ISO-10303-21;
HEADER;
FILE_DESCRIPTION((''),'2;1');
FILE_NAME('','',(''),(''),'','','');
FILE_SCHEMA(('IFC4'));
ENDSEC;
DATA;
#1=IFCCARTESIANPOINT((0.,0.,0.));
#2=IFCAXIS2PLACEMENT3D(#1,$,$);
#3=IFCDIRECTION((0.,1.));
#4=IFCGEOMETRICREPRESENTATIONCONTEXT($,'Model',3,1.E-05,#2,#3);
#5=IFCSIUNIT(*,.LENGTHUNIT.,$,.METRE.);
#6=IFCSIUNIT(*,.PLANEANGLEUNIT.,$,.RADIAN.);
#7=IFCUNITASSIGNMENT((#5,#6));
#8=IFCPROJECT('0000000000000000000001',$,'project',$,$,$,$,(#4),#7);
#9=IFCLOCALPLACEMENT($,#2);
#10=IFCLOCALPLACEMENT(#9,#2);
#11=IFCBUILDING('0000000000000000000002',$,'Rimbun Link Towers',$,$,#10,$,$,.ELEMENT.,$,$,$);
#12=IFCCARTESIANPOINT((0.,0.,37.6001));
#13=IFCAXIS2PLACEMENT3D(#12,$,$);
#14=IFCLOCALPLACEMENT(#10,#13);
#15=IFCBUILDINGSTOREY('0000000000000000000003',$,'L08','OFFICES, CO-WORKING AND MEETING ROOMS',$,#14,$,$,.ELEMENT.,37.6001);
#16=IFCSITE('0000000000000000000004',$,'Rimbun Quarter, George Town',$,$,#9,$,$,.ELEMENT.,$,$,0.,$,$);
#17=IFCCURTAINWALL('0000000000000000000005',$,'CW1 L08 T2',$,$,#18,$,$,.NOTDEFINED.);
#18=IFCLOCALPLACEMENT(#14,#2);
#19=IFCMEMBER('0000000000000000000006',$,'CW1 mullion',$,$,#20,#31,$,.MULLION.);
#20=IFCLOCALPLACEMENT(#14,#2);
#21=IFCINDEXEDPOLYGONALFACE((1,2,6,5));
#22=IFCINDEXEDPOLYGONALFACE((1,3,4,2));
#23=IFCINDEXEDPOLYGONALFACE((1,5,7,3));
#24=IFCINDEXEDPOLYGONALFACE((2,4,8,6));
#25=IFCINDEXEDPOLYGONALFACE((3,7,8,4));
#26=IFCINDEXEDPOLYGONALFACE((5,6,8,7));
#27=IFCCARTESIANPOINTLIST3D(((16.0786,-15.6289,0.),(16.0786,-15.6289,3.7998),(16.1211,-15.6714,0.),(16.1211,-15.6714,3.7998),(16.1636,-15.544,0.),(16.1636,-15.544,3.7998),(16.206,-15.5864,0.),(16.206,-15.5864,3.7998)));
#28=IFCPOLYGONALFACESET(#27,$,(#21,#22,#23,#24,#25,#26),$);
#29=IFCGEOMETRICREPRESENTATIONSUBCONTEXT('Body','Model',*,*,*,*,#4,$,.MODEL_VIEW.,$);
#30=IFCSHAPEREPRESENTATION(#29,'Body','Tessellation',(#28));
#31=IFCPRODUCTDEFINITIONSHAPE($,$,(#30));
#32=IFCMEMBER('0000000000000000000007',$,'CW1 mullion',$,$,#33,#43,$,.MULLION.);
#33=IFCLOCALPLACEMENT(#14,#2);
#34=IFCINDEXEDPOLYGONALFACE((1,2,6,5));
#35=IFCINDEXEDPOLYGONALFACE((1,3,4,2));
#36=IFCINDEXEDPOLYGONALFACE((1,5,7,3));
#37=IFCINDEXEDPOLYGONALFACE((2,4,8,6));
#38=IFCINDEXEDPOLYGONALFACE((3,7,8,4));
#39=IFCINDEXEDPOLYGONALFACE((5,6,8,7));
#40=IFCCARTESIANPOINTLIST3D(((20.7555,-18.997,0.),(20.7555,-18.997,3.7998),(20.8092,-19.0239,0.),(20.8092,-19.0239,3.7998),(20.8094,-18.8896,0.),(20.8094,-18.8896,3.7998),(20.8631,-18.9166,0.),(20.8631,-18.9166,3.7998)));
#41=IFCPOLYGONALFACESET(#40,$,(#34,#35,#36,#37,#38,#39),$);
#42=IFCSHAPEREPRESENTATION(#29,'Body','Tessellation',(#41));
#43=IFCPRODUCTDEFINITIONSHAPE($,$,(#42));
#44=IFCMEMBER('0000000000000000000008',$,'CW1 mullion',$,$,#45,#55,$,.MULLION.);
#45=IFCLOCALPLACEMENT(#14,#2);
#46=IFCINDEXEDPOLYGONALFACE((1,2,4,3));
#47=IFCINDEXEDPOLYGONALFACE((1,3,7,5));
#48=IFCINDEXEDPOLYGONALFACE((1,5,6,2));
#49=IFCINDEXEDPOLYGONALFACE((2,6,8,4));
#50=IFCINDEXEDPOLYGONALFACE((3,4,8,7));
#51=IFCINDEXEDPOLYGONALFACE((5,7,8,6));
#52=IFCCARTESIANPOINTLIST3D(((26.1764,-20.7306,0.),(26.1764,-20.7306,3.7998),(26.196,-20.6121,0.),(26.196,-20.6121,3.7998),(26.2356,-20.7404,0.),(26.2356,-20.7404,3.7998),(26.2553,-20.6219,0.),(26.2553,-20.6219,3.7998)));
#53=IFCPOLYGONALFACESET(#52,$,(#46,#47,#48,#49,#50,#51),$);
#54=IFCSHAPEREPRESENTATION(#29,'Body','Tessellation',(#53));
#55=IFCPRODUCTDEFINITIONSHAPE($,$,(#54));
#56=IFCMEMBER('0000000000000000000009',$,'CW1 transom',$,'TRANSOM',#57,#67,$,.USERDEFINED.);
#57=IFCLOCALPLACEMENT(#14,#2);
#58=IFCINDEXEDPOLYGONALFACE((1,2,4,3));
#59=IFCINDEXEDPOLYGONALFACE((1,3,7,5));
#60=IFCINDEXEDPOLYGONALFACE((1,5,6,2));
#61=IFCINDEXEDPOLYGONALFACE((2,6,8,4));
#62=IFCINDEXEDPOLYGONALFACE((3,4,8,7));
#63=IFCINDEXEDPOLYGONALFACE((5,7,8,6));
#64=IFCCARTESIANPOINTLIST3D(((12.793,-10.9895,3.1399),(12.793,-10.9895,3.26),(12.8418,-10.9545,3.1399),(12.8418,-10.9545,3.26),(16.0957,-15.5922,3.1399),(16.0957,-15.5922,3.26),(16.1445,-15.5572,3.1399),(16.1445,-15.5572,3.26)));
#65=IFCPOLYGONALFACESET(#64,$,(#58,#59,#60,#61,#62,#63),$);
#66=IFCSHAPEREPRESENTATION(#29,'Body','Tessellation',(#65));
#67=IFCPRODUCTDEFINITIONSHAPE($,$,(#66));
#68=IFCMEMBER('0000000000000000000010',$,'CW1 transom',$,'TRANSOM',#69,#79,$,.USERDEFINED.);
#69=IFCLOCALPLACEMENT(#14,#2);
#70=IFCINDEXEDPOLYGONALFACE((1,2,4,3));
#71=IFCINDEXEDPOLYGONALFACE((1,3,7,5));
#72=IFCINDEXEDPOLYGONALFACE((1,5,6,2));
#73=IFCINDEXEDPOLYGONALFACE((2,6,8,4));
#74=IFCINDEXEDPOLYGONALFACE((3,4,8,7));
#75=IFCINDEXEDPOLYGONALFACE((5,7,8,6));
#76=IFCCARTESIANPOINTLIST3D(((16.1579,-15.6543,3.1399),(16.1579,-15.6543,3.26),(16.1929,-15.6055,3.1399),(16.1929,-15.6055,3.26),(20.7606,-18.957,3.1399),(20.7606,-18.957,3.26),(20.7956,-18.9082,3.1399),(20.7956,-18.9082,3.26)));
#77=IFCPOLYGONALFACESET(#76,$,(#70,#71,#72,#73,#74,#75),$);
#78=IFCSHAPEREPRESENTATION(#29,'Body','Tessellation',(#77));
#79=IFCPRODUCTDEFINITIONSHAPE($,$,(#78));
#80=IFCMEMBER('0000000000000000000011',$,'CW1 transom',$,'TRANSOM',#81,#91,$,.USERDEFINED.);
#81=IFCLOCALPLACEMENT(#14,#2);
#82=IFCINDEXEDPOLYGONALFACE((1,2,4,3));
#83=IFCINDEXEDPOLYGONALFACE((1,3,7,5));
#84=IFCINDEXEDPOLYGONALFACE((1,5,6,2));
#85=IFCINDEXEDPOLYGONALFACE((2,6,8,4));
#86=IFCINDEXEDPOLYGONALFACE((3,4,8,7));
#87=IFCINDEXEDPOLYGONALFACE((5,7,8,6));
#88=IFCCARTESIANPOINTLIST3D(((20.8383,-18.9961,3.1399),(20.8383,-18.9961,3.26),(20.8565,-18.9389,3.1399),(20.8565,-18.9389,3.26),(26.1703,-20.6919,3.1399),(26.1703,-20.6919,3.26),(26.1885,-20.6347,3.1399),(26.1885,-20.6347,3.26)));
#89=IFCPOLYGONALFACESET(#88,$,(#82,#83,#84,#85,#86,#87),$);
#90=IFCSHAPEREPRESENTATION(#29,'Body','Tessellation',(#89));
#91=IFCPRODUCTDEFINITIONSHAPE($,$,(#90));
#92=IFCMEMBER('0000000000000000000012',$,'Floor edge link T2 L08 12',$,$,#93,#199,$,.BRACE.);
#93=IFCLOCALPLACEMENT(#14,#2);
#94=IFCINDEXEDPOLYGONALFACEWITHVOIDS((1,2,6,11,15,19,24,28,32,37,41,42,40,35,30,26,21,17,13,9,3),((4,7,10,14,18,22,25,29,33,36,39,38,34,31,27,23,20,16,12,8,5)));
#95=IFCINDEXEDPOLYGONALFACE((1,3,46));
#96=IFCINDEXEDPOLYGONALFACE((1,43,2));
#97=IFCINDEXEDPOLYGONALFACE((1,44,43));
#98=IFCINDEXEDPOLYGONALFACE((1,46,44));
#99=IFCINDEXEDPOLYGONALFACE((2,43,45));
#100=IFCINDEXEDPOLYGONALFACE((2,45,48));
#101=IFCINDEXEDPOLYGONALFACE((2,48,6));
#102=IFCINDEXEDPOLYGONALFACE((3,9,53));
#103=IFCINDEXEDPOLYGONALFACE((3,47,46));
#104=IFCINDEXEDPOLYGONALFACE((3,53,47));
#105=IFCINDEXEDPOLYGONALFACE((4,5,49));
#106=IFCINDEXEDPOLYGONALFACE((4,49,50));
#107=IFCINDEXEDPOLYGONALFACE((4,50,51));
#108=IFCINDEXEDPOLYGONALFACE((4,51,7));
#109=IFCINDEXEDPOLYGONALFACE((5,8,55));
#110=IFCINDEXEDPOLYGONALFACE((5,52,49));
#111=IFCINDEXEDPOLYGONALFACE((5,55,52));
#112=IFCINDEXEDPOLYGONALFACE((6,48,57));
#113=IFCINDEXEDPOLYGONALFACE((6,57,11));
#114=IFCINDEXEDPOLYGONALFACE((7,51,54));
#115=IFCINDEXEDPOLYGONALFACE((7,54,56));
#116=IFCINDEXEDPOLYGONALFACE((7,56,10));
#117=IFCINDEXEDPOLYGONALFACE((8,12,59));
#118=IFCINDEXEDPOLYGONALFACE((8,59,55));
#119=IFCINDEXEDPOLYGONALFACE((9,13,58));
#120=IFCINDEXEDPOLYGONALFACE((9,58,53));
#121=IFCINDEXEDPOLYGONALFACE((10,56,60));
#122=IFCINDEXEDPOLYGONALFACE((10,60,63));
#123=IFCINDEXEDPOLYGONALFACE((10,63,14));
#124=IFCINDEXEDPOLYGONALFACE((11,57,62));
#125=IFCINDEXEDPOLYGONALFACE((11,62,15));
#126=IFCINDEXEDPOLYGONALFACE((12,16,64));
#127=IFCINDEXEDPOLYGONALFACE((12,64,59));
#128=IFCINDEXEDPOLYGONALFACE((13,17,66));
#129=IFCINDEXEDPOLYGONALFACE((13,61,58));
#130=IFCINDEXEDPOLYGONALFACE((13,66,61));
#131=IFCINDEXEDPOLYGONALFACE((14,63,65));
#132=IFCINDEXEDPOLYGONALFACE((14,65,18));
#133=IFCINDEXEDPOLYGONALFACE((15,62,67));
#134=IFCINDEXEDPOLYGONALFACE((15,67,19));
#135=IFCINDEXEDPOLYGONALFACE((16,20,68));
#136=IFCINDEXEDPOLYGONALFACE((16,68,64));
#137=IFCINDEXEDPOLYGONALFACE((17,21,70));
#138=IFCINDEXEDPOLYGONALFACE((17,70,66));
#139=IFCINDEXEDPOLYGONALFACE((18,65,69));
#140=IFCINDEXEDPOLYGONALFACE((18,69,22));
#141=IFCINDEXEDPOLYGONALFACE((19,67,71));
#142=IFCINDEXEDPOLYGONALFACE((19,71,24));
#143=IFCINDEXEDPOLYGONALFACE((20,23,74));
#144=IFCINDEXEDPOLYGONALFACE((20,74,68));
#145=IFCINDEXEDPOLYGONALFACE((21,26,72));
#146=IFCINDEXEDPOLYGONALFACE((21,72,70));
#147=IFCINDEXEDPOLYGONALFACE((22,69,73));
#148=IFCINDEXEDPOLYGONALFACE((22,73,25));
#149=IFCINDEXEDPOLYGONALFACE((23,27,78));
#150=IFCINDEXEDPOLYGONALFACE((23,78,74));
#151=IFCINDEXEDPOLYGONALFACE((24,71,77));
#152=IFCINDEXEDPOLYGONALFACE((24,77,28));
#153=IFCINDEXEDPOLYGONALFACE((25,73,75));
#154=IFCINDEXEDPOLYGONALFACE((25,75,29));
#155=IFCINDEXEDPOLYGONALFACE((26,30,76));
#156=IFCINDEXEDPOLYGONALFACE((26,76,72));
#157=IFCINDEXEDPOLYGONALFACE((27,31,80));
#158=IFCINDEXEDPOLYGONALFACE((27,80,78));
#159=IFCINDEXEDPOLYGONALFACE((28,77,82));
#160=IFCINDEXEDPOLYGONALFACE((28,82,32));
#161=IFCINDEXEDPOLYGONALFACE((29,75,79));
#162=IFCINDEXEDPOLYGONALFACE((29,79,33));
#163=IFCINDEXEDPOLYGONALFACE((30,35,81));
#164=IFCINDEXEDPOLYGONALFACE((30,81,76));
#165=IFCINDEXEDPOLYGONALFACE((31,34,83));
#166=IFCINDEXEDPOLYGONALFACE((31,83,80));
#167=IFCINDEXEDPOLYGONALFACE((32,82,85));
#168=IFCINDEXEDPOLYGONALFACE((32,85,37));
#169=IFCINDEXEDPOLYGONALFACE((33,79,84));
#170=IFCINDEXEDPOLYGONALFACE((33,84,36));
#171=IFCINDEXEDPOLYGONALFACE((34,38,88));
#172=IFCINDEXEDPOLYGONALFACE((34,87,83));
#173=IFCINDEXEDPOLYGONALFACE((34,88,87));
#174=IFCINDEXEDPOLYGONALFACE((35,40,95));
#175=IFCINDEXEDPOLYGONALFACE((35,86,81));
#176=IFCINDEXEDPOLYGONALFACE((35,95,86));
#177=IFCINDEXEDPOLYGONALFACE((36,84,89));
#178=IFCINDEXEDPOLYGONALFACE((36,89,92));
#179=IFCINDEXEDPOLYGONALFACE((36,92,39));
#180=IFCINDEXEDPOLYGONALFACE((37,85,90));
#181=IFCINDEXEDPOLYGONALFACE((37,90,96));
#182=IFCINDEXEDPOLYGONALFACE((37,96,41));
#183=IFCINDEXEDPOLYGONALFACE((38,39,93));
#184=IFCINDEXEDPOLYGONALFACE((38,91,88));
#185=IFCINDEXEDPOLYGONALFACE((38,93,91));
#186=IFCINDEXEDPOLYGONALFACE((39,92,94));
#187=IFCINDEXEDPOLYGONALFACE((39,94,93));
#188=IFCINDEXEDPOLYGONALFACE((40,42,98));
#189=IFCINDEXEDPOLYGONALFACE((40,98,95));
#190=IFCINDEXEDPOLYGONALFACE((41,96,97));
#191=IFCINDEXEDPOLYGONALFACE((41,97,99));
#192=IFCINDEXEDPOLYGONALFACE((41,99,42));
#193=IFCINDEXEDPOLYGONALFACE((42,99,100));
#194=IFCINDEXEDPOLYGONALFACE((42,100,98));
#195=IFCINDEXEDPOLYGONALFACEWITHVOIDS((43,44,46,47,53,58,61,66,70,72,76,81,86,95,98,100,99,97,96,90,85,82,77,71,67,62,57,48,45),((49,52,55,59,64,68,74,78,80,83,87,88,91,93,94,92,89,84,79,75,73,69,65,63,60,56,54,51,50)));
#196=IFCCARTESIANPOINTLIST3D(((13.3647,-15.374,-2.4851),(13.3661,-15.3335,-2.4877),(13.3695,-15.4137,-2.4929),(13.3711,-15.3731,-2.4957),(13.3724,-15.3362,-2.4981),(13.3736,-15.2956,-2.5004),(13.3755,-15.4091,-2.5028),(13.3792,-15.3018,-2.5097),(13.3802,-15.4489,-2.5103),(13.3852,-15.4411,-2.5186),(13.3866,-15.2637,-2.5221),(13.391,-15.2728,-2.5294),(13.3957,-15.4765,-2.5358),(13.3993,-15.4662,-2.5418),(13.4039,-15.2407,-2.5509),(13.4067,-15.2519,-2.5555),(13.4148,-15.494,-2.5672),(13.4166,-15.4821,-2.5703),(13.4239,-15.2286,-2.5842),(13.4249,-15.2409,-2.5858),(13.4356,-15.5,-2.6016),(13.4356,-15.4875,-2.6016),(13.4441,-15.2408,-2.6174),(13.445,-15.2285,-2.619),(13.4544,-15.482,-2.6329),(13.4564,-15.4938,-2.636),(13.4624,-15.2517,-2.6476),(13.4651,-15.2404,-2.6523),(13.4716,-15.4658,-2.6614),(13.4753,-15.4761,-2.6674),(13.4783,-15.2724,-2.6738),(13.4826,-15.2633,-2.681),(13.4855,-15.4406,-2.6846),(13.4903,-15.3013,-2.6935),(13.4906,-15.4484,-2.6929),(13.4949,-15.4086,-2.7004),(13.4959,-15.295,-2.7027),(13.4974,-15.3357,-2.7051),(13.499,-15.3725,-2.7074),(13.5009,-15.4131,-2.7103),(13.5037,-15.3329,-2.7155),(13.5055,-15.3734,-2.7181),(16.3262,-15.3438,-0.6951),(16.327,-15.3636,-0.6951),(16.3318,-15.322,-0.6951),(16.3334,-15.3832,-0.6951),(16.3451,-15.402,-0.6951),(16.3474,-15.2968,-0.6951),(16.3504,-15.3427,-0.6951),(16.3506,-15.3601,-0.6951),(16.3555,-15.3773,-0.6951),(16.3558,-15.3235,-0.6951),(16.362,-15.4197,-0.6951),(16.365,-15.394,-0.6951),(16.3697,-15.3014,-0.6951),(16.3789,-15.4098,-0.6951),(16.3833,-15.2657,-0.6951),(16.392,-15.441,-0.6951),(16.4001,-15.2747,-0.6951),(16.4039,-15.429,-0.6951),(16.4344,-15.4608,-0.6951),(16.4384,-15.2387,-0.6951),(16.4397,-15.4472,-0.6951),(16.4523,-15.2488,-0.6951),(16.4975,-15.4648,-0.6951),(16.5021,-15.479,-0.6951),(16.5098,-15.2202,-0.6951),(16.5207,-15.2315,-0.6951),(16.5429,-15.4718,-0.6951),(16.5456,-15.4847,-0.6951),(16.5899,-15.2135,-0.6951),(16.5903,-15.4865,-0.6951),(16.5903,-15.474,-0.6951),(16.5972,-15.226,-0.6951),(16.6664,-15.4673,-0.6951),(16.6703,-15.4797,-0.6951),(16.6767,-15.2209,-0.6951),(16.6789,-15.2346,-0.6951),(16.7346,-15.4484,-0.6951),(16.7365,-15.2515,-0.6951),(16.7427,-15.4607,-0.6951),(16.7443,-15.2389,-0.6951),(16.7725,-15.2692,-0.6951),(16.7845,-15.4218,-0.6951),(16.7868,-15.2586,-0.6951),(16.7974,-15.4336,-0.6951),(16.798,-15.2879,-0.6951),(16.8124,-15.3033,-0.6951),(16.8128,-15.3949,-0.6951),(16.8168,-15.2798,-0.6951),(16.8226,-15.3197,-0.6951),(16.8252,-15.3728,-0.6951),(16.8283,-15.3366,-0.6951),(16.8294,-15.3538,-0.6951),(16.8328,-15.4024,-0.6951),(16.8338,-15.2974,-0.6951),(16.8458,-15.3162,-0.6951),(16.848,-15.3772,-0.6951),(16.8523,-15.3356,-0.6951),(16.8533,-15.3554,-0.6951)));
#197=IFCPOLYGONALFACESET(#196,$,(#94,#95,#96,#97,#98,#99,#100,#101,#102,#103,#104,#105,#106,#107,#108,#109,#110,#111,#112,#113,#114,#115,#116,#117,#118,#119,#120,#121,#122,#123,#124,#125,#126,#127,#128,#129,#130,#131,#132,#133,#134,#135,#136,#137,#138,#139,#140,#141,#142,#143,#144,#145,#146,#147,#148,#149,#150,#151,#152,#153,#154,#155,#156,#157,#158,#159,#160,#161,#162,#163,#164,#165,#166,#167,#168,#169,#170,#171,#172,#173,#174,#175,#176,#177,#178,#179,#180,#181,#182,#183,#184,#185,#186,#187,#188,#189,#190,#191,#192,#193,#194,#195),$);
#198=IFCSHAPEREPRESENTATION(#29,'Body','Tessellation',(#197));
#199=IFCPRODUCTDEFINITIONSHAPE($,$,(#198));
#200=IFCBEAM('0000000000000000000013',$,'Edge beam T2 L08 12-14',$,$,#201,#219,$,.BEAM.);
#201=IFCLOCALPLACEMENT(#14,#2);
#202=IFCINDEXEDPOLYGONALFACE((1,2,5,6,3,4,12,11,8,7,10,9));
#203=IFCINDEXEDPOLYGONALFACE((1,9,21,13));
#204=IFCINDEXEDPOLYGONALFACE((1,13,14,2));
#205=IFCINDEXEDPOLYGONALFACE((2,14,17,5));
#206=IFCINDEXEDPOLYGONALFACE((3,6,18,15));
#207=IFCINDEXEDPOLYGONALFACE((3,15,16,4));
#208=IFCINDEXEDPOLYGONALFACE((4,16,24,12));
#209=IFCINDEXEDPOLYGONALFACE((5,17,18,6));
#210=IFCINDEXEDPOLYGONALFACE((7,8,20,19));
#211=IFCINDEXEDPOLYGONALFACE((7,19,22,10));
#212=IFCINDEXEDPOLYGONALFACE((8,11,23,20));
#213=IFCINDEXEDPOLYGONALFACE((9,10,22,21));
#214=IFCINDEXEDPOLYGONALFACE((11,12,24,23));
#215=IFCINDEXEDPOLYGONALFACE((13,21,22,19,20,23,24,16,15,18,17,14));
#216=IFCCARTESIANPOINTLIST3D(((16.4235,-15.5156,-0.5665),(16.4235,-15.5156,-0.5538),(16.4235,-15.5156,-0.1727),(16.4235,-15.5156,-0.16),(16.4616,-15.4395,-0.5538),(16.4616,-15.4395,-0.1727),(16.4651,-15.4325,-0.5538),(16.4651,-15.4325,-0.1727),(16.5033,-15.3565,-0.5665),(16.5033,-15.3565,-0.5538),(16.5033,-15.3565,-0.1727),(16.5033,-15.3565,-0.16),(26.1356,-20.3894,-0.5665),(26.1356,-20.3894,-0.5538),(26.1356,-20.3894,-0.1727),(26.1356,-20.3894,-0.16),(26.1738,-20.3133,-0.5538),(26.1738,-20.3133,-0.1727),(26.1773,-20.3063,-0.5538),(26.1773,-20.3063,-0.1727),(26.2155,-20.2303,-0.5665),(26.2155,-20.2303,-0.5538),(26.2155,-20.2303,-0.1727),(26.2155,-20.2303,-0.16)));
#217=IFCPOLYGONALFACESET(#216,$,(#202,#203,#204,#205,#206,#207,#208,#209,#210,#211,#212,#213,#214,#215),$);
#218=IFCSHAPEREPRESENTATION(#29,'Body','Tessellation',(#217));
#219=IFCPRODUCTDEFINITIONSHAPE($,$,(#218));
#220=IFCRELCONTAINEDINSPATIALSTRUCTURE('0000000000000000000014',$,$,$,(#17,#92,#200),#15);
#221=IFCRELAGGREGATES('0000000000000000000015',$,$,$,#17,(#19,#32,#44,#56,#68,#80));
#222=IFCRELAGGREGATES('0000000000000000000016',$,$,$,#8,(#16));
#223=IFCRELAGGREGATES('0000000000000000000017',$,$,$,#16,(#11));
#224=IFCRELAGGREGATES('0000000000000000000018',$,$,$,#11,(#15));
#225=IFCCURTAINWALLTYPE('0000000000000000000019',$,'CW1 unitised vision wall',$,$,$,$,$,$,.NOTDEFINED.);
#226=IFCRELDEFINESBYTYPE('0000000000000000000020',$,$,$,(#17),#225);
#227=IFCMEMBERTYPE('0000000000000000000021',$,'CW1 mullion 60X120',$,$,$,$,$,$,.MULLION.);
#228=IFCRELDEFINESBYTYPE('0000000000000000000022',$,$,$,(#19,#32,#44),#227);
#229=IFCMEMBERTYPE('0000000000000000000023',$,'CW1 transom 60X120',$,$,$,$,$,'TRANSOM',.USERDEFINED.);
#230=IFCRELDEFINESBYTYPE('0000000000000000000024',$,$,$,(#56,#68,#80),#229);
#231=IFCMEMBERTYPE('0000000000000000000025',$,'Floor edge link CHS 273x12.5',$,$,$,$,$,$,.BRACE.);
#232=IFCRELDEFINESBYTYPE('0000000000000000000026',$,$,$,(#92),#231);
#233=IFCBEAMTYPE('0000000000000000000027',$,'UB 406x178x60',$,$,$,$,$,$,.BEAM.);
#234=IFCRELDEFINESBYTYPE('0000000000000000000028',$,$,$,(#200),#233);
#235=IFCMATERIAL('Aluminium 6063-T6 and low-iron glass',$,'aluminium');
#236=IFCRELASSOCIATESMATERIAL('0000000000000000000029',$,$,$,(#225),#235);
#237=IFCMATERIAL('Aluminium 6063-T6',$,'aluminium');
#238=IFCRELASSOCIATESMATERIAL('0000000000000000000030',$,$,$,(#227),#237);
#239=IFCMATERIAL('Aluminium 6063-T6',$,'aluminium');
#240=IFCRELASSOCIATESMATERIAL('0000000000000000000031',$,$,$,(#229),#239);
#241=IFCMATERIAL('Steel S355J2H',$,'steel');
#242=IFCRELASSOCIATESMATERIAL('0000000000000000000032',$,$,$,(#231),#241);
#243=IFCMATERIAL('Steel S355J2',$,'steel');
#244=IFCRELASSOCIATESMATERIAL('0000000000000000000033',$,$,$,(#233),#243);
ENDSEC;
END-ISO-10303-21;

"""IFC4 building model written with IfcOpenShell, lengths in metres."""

from ifc_helpers import new_model, si_unit, direction, frame, origin, origin_2d, place, context, subcontext, project, spatial, rectangle, hollow_circle, i_section, extrude, clip, halfspace, material, material_profile, profile_set, type_object, element, aggregate, save


model = new_model("IFC4")

# Units and contexts
model_context = context("Model", 3, precision=1e-05, world=origin(), true_north=direction((0.0, 1.0)))
body_context = subcontext(model_context, "Body", "Model", "MODEL_VIEW")
ifc_project = project(units=[si_unit("LENGTHUNIT", "METRE"), si_unit("PLANEANGLEUNIT", "RADIAN")], contexts=[model_context])

# Site, building, storey
site_placement = place(None, origin())
site = spatial("IfcSite", under=ifc_project, at=site_placement, Name="Rimbun Quarter, George Town", CompositionType="ELEMENT", RefElevation=0.0)
building_placement = place(site_placement, origin())
building = spatial("IfcBuilding", under=site, at=building_placement, Name="Rimbun Link Towers", CompositionType="ELEMENT")
storey_placement = place(building_placement, frame((0.0, 0.0, 37.6001)))
storey = spatial("IfcBuildingStorey", under=building, at=storey_placement, Name="L08", Description="OFFICES, CO-WORKING AND MEETING ROOMS", CompositionType="ELEMENT", Elevation=37.6001)

# Curtain wall, members
ifc_material_1 = material(Name="Aluminium 6063-T6 and low-iron glass", Category="aluminium")
curtain_wall_type = type_object("IfcCurtainWallType", Name="CW1 unitised vision wall", PredefinedType="NOTDEFINED", material=ifc_material_1)
curtain_wall_placement = place(storey_placement, origin())
curtain_wall = element("IfcCurtainWall", 1, at=curtain_wall_placement, inside=storey, type_object=curtain_wall_type, Name="CW1 L08 T2", PredefinedType="NOTDEFINED")
ifc_material_2 = material(Name="Aluminium 6063-T6", Category="aluminium")
ifc_material_profile_1 = material_profile(ifc_material_2, rectangle(XDim=0.1201, YDim=0.0601, at=origin_2d()), Name="MULLION 60X120")
ifc_profile_set_1 = profile_set([ifc_material_profile_1], Name="Aluminium 6063-T6")
member_type_1 = type_object("IfcMemberType", Name="CW1 mullion 60X120", PredefinedType="MULLION", material=ifc_profile_set_1)
member_1_placement = place(storey_placement, frame((16.1423, -15.6077, 0.0), z_axis=(0.0, 0.0, 1.0), x_axis=(-0.707107, -0.707107, 0.0)))
member_1 = element("IfcMember", 2, at=member_1_placement, type_object=member_type_1, Name="CW1 mullion", PredefinedType="MULLION", context=body_context, shape_type="SweptSolid", body=[
    extrude(rectangle(XDim=0.1201, YDim=0.0601, at=origin_2d()), origin(), (0.0, 0.0, 1.0), 3.7998),
])
member_2_placement = place(storey_placement, frame((20.8093, -18.9568, 0.0), z_axis=(0.0, 0.0, 1.0), x_axis=(-0.44857, -0.893747, 0.0)))
member_2 = element("IfcMember", 3, at=member_2_placement, type_object=member_type_1, Name="CW1 mullion", PredefinedType="MULLION", context=body_context, shape_type="SweptSolid", body=[
    extrude(rectangle(XDim=0.1201, YDim=0.0601, at=origin_2d()), origin(), (0.0, 0.0, 1.0), 3.7998),
])
member_3_placement = place(storey_placement, frame((26.2158, -20.6763, 0.0), z_axis=(0.0, 0.0, 1.0), x_axis=(-0.163751, -0.986502, 0.0)))
member_3 = element("IfcMember", 4, at=member_3_placement, type_object=member_type_1, Name="CW1 mullion", PredefinedType="MULLION", context=body_context, shape_type="SweptSolid", body=[
    extrude(rectangle(XDim=0.1201, YDim=0.0601, at=origin_2d()), origin(), (0.0, 0.0, 1.0), 3.7998),
])
ifc_material_3 = material(Name="Aluminium 6063-T6", Category="aluminium")
ifc_material_profile_2 = material_profile(ifc_material_3, rectangle(XDim=0.0601, YDim=0.1201, at=origin_2d()), Name="TRANSOM 60X120")
ifc_profile_set_2 = profile_set([ifc_material_profile_2], Name="Aluminium 6063-T6")
member_type_2 = type_object("IfcMemberType", Name="CW1 transom 60X120", ElementType="TRANSOM", PredefinedType="USERDEFINED", material=ifc_profile_set_2)
member_4_placement = place(storey_placement, frame((16.1201, -15.5747, 3.2), z_axis=(-0.582994, 0.812477, 0.0), x_axis=(-0.812477, -0.582994, 0.0)))
member_4 = element("IfcMember", 5, at=member_4_placement, type_object=member_type_2, Name="CW1 transom", ObjectType="TRANSOM", PredefinedType="USERDEFINED", context=body_context, shape_type="SweptSolid", body=[
    extrude(rectangle(XDim=0.0601, YDim=0.1201, at=origin_2d()), origin(), (0.0, 0.0, 1.0), 5.665),
])
member_5_placement = place(storey_placement, frame((20.7781, -18.9326, 3.2), z_axis=(-0.812477, 0.582994, 0.0), x_axis=(-0.582994, -0.812477, 0.0)))
member_5 = element("IfcMember", 6, at=member_5_placement, type_object=member_type_2, Name="CW1 transom", ObjectType="TRANSOM", PredefinedType="USERDEFINED", context=body_context, shape_type="SweptSolid", body=[
    extrude(rectangle(XDim=0.0601, YDim=0.1201, at=origin_2d()), origin(), (0.0, 0.0, 1.0), 5.665),
])
member_6_placement = place(storey_placement, frame((26.1794, -20.6633, 3.2), z_axis=(-0.952965, 0.303081, 0.0), x_axis=(-0.303081, -0.952965, 0.0)))
member_6 = element("IfcMember", 7, at=member_6_placement, type_object=member_type_2, Name="CW1 transom", ObjectType="TRANSOM", PredefinedType="USERDEFINED", context=body_context, shape_type="SweptSolid", body=[
    extrude(rectangle(XDim=0.0601, YDim=0.1201, at=origin_2d()), origin(), (0.0, 0.0, 1.0), 5.5952),
])

# Member
ifc_material_4 = material(Name="Steel S355J2H", Category="steel")
ifc_material_profile_3 = material_profile(ifc_material_4, hollow_circle(Radius=0.1365, WallThickness=0.0125, at=origin_2d()), Name="CHS 273x12.5")
ifc_profile_set_3 = profile_set([ifc_material_profile_3], Name="Steel S355J2H")
member_type_3 = type_object("IfcMemberType", Name="Floor edge link CHS 273x12.5", PredefinedType="BRACE", material=ifc_profile_set_3)
member_7_placement = place(storey_placement, frame((16.3992, -15.3508, -0.8103), z_axis=(-0.855853, -0.003666, -0.517206), x_axis=(0.004283, -0.999991, 0.0)))
element("IfcMember", 8, at=member_7_placement, inside=storey, type_object=member_type_3, Name="Floor edge link T2 L08 12", PredefinedType="BRACE", context=body_context, shape_type="Clipping", body=[
    clip(extrude(hollow_circle(Radius=0.1365, WallThickness=0.0125, at=origin_2d()), frame((0.0, 0.0, -0.4709)), (0.0, 0.0, 1.0), 3.9343), halfspace(frame((0.0, 0.0, -0.2227), z_axis=(0.0, 0.855861, -0.517206)), False)),
])

# Beam
ifc_material_5 = material(Name="Steel S355J2", Category="steel")
ifc_material_profile_4 = material_profile(ifc_material_5, i_section(OverallWidth=0.178, OverallDepth=0.4065, WebThickness=0.0078, FlangeThickness=0.0127, at=origin_2d()), Name="UB 406x178x60")
ifc_profile_set_4 = profile_set([ifc_material_profile_4], Name="Steel S355J2")
beam_type = type_object("IfcBeamType", Name="UB 406x178x60", PredefinedType="BEAM", material=ifc_profile_set_4)
beam_placement = place(storey_placement, frame((16.4634, -15.436, -0.3633), z_axis=(0.893775, -0.448516, 0.0), x_axis=(0.448516, 0.893775, 0.0)))
element("IfcBeam", 9, at=beam_placement, inside=storey, type_object=beam_type, Name="Edge beam T2 L08 12-14", PredefinedType="BEAM", context=body_context, shape_type="SweptSolid", body=[
    extrude(i_section(OverallWidth=0.178, OverallDepth=0.4065, WebThickness=0.0078, FlangeThickness=0.0127, at=origin_2d()), origin(), (0.0, 0.0, 1.0), 10.8665),
])

aggregate(curtain_wall, [member_1, member_2, member_3, member_4, member_5, member_6])

save(model, "model.ifc")
